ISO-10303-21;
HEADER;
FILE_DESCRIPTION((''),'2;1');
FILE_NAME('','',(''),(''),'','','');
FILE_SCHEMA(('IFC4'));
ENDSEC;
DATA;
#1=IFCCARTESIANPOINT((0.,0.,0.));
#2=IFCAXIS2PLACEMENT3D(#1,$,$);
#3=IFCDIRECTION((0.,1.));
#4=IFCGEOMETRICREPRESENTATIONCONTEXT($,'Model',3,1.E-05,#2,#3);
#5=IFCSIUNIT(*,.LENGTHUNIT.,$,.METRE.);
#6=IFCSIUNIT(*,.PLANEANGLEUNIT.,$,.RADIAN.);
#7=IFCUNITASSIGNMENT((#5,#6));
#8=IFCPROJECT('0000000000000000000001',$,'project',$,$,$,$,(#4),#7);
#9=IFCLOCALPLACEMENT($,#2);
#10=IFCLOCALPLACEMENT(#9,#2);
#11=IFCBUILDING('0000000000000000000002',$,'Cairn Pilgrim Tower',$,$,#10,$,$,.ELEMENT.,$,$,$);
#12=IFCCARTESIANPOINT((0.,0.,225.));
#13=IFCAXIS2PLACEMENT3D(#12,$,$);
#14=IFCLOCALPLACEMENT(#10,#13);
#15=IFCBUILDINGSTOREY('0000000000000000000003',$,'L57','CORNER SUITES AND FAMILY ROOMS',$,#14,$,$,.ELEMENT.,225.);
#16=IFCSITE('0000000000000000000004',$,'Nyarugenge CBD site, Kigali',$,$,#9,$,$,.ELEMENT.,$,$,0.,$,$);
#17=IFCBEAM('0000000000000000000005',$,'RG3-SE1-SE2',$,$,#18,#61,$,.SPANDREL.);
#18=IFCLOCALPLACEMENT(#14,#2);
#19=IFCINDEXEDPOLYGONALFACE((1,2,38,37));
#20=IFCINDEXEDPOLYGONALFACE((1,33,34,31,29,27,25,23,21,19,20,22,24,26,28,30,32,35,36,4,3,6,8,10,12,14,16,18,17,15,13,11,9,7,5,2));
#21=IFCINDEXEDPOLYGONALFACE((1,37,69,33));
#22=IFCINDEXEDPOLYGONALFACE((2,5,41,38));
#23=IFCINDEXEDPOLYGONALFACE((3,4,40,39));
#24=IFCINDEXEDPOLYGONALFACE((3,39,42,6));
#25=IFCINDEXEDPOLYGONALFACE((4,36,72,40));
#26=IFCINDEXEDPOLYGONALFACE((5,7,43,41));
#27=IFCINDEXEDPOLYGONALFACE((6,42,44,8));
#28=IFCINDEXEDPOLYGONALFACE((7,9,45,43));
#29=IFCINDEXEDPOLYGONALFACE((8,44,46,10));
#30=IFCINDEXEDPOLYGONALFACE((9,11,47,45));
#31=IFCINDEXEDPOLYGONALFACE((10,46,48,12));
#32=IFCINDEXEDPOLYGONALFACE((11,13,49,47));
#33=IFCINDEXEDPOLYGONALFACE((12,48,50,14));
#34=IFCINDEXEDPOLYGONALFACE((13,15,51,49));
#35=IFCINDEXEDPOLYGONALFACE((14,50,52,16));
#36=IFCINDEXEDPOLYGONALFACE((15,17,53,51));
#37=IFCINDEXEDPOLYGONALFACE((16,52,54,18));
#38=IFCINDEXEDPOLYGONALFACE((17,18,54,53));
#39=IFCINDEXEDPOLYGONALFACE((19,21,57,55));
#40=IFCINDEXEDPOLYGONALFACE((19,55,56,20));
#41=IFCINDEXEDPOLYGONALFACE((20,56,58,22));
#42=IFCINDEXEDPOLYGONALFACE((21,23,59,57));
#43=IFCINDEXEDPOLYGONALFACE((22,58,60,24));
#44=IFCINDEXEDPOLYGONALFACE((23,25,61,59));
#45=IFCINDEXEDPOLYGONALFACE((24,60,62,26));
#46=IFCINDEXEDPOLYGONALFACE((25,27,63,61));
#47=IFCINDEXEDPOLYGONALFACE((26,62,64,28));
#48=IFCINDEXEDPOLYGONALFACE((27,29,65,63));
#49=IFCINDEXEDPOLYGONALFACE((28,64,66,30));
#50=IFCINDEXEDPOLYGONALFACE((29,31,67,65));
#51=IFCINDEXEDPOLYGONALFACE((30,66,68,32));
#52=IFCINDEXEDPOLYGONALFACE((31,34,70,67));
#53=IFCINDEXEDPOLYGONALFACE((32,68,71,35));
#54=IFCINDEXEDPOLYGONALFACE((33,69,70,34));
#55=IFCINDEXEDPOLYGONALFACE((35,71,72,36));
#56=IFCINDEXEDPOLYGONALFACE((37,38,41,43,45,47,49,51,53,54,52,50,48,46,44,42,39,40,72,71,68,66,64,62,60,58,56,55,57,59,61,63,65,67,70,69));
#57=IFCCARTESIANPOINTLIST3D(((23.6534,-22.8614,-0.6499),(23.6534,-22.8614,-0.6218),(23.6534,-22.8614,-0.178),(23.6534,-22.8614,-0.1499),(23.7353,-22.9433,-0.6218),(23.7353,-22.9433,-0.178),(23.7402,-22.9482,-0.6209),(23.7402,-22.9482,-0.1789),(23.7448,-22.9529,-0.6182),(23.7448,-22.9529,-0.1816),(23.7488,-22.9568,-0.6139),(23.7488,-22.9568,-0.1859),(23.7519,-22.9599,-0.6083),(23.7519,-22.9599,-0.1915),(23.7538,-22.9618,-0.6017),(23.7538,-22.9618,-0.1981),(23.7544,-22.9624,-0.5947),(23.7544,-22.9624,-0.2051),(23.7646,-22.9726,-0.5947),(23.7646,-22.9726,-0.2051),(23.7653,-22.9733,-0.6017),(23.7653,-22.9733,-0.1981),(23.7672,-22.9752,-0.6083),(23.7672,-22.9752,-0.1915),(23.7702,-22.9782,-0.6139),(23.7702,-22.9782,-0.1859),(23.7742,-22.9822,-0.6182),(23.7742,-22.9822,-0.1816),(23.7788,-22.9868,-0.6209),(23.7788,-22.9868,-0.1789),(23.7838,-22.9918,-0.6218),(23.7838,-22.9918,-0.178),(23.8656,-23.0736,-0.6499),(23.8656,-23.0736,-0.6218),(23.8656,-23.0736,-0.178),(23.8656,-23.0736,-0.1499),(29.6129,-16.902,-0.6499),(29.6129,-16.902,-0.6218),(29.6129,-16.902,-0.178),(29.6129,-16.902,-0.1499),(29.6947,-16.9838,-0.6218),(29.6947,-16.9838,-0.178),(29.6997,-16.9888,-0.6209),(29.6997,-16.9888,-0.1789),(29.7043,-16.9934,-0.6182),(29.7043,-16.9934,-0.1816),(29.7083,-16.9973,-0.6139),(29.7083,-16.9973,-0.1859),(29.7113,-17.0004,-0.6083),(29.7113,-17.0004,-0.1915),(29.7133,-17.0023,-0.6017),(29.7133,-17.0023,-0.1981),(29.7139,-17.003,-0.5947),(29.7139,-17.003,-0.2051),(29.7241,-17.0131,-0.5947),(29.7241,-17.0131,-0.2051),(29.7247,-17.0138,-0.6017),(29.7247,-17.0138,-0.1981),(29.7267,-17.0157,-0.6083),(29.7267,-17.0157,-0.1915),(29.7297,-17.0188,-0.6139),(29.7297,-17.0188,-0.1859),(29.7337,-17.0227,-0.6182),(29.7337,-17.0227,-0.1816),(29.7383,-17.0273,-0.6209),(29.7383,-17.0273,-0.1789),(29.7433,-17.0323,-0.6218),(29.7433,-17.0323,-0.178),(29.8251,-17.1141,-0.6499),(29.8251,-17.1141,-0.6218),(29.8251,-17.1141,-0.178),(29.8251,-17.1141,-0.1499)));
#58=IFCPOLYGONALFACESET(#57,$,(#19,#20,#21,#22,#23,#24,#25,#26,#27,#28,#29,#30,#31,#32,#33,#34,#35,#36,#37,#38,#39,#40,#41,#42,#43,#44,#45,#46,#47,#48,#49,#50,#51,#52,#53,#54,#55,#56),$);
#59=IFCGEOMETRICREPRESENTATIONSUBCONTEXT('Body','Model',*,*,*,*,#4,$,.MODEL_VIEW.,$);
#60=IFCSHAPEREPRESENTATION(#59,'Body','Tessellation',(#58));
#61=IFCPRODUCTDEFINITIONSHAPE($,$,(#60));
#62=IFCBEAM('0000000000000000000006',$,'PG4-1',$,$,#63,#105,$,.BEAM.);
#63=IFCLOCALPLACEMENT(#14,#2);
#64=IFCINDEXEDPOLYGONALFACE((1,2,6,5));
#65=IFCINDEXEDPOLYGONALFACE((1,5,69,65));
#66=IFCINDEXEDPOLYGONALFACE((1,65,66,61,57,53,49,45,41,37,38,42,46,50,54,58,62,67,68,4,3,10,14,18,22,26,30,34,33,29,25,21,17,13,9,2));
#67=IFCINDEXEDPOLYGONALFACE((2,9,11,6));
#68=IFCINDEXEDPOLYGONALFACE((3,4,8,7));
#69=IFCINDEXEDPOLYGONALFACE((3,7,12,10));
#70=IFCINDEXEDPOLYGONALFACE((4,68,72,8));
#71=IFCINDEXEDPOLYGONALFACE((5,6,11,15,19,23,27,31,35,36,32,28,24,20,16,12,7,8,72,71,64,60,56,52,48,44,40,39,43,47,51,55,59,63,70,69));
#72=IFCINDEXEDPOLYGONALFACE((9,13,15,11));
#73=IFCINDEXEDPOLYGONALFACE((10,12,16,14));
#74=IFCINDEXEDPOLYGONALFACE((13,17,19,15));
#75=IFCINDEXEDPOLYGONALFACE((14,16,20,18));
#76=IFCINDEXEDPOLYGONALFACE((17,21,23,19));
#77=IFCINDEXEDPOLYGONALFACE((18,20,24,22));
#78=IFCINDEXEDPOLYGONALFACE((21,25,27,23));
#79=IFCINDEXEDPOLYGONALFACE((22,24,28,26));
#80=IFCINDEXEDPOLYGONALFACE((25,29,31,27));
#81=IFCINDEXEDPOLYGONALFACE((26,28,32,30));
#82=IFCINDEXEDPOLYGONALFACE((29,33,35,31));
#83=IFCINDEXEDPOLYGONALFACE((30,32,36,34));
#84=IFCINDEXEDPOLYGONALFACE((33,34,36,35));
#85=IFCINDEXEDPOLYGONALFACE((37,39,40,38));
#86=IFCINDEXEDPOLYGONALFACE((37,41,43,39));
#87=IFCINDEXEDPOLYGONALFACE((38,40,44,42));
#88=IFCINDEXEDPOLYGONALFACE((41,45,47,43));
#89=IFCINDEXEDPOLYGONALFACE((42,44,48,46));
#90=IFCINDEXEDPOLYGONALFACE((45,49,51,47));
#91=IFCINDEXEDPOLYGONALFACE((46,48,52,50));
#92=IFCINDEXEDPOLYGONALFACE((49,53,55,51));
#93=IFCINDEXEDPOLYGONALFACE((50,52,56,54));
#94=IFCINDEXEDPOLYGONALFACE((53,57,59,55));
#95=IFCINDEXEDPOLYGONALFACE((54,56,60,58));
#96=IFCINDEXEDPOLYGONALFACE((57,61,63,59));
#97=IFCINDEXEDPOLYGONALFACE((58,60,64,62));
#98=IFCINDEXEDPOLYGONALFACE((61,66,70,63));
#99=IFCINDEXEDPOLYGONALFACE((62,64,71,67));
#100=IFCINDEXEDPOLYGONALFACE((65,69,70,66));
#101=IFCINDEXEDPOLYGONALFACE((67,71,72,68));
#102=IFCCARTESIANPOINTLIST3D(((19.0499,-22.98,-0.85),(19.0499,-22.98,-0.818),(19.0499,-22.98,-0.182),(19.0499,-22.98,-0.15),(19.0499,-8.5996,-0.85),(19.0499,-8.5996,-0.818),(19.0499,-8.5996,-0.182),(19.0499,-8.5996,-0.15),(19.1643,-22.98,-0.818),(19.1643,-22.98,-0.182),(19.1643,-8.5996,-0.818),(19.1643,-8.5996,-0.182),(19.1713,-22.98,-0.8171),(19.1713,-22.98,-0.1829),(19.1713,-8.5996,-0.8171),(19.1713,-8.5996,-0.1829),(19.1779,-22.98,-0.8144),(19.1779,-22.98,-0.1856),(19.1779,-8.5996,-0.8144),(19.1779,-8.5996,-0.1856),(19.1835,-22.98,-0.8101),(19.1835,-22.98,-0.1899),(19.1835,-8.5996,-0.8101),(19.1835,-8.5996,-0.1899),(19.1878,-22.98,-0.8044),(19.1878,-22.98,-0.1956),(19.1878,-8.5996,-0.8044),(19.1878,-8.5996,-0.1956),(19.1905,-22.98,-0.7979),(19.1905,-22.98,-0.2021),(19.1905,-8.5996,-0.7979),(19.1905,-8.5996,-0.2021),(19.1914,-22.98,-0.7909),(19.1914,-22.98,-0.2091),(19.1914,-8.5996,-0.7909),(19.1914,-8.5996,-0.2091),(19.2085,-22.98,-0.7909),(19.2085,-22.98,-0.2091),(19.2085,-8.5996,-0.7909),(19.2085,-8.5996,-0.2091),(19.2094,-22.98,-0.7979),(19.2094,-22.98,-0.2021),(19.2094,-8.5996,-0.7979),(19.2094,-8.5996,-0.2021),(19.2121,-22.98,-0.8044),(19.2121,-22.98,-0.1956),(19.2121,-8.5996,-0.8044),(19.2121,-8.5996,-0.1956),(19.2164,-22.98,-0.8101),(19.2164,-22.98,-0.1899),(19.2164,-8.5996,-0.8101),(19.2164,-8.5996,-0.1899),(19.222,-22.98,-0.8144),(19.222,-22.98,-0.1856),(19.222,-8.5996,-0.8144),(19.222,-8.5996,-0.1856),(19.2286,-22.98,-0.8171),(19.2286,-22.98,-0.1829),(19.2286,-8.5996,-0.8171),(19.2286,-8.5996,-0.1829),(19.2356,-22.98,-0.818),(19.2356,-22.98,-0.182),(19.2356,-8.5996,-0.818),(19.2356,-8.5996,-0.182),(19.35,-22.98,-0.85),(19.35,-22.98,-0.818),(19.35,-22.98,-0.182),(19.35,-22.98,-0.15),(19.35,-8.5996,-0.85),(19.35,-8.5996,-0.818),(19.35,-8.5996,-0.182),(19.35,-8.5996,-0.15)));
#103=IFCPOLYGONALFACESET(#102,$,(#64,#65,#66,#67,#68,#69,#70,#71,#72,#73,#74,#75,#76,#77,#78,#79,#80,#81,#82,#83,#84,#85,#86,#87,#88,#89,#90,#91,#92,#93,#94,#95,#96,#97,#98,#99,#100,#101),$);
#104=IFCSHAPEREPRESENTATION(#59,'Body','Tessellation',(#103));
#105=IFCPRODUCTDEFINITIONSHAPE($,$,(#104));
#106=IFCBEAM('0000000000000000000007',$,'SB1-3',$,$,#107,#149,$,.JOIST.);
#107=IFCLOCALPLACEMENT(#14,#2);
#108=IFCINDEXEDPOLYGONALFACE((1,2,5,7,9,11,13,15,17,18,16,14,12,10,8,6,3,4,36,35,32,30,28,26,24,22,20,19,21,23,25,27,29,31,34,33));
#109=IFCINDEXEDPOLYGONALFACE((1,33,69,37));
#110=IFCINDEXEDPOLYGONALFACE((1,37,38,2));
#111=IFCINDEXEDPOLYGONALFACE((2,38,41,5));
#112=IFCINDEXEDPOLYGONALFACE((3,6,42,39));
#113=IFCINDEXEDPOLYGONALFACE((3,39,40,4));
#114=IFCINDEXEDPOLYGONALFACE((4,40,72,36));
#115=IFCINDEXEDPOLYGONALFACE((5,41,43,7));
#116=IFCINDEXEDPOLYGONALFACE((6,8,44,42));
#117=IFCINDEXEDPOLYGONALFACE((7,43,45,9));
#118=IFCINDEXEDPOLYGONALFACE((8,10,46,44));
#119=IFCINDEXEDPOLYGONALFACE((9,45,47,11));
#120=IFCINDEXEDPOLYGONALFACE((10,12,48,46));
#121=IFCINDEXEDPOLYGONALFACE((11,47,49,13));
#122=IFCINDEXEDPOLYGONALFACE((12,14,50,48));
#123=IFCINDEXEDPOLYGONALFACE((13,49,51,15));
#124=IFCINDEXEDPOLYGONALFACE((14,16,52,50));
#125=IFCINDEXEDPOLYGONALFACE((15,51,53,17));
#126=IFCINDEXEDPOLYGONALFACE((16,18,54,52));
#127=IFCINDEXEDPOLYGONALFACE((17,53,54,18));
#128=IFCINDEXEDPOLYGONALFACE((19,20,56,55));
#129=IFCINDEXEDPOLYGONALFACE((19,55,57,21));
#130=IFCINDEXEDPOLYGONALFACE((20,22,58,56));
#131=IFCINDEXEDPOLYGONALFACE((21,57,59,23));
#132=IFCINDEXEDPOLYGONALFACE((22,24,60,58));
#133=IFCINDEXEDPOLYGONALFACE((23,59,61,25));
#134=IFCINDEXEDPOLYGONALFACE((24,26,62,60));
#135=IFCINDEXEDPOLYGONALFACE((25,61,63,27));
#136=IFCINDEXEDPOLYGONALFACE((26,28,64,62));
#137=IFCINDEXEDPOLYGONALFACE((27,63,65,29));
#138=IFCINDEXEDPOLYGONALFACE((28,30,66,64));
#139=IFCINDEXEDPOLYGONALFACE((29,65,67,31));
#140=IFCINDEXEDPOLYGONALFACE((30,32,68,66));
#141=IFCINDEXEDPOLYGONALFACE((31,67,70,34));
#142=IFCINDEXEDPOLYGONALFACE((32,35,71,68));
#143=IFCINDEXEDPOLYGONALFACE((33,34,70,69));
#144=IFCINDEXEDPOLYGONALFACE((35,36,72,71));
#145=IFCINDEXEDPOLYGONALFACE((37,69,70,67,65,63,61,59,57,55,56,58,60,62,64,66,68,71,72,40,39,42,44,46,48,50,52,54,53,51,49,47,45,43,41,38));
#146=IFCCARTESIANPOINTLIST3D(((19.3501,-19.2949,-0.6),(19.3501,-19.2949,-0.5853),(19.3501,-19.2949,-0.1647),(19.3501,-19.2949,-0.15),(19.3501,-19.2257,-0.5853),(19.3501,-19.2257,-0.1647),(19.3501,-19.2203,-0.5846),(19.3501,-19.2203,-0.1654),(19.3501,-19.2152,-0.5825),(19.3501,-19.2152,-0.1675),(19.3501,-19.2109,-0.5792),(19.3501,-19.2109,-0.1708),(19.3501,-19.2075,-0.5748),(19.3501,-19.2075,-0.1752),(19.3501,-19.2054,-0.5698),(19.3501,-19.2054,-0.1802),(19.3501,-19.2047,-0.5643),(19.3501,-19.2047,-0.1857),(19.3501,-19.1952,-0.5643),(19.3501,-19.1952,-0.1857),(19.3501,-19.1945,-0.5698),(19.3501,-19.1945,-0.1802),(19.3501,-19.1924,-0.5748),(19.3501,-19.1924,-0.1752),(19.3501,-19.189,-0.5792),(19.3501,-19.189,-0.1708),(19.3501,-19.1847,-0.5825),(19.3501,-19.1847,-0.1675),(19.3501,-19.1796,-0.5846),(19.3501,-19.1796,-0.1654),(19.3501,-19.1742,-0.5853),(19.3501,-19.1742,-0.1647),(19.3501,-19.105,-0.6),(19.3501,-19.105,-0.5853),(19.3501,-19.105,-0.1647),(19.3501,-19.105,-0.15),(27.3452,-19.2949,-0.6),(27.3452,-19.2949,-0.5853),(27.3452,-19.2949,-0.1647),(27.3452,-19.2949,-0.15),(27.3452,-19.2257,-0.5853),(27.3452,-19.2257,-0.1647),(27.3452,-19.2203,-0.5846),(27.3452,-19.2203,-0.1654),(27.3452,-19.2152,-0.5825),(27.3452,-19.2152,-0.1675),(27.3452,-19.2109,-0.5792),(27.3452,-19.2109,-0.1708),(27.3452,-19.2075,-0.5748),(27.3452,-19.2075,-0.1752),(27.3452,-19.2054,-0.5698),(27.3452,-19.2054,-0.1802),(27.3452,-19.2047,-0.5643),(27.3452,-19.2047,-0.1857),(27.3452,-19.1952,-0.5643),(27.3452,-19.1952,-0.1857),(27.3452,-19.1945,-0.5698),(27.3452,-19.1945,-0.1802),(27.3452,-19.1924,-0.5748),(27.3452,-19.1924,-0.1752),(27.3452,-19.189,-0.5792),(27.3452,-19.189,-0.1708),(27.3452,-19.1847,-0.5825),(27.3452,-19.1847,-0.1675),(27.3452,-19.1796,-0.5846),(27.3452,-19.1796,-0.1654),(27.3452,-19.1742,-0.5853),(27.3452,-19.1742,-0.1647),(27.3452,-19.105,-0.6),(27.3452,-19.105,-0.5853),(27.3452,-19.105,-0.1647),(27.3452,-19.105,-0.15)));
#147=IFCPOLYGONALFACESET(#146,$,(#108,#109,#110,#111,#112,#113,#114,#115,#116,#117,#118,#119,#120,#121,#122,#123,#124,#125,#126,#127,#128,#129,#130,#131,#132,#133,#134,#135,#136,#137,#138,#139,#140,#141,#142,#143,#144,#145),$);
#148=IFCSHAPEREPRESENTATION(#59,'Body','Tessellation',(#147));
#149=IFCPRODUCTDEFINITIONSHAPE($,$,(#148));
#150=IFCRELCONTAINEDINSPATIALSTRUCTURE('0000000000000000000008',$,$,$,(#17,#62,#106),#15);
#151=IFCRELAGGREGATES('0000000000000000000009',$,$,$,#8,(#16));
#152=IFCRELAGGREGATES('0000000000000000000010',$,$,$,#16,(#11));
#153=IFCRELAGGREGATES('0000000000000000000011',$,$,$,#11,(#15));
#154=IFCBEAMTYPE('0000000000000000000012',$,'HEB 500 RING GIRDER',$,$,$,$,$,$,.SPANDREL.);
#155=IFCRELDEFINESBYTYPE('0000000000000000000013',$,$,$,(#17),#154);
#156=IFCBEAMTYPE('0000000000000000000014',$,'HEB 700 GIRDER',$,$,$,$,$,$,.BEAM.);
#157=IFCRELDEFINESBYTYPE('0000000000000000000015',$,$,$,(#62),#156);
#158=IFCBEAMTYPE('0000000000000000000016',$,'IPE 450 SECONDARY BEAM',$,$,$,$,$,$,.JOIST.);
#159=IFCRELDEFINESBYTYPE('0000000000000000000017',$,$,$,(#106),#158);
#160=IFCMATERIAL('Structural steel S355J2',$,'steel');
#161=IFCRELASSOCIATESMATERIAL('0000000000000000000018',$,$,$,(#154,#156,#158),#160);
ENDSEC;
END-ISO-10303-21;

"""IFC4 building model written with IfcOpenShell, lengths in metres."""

from ifc_helpers import new_model, si_unit, direction, frame, origin, origin_2d, place, context, subcontext, project, spatial, i_section, extrude, material, material_profile, profile_set, type_object, element, save


model = new_model("IFC4")

# Units and contexts
model_context = context("Model", 3, precision=1e-05, world=origin(), true_north=direction((0.0, 1.0)))
body_context = subcontext(model_context, "Body", "Model", "MODEL_VIEW")
ifc_project = project(units=[si_unit("LENGTHUNIT", "METRE"), si_unit("PLANEANGLEUNIT", "RADIAN")], contexts=[model_context])

# Site, building, storey
site_placement = place(None, origin())
site = spatial("IfcSite", under=ifc_project, at=site_placement, Name="Nyarugenge CBD site, Kigali", CompositionType="ELEMENT", RefElevation=0.0)
building_placement = place(site_placement, origin())
building = spatial("IfcBuilding", under=site, at=building_placement, Name="Cairn Pilgrim Tower", CompositionType="ELEMENT")
storey_placement = place(building_placement, frame((0.0, 0.0, 225.0)))
storey = spatial("IfcBuildingStorey", under=building, at=storey_placement, Name="L57", Description="CORNER SUITES AND FAMILY ROOMS", CompositionType="ELEMENT", Elevation=225.0)

# Beams
ifc_material_1 = material(Name="Structural steel S355J2", Category="steel")
ifc_material_profile_1 = material_profile(ifc_material_1, i_section(OverallWidth=0.3, OverallDepth=0.5, WebThickness=0.0144, FlangeThickness=0.0281, FilletRadius=0.0271, at=origin_2d()), Name="HEB 500")
ifc_profile_set_1 = profile_set([ifc_material_profile_1], Name="Structural steel S355J2")
beam_type_1 = type_object("IfcBeamType", Name="HEB 500 RING GIRDER", PredefinedType="SPANDREL", material=ifc_profile_set_1)
beam_1_placement = place(storey_placement, frame((23.7595, -22.9675, -0.3999), z_axis=(0.707107, 0.707107, 0.0), x_axis=(-0.707107, 0.707107, 0.0)))
element("IfcBeam", 1, at=beam_1_placement, inside=storey, type_object=beam_type_1, Name="RG3-SE1-SE2", PredefinedType="SPANDREL", context=body_context, shape_type="SweptSolid", body=[
    extrude(i_section(OverallWidth=0.3, OverallDepth=0.5, WebThickness=0.0144, FlangeThickness=0.0281, FilletRadius=0.0271, at=origin_2d()), origin(), (0.0, 0.0, 1.0), 8.428),
])
ifc_material_profile_2 = material_profile(ifc_material_1, i_section(OverallWidth=0.3, OverallDepth=0.7, WebThickness=0.0171, FlangeThickness=0.032, FilletRadius=0.0271, at=origin_2d()), Name="HEB 700")
ifc_profile_set_2 = profile_set([ifc_material_profile_2], Name="Structural steel S355J2")
beam_type_2 = type_object("IfcBeamType", Name="HEB 700 GIRDER", PredefinedType="BEAM", material=ifc_profile_set_2)
beam_2_placement = place(storey_placement, frame((19.2, -22.98, -0.5), z_axis=(0.0, 1.0, 0.0), x_axis=(-1.0, 0.0, 0.0)))
element("IfcBeam", 2, at=beam_2_placement, inside=storey, type_object=beam_type_2, Name="PG4-1", PredefinedType="BEAM", context=body_context, shape_type="SweptSolid", body=[
    extrude(i_section(OverallWidth=0.3, OverallDepth=0.7, WebThickness=0.0171, FlangeThickness=0.032, FilletRadius=0.0271, at=origin_2d()), origin(), (0.0, 0.0, 1.0), 14.3804),
])
ifc_material_profile_3 = material_profile(ifc_material_1, i_section(OverallWidth=0.1899, OverallDepth=0.45, WebThickness=0.0095, FlangeThickness=0.0146, FilletRadius=0.021, at=origin_2d()), Name="IPE 450")
ifc_profile_set_3 = profile_set([ifc_material_profile_3], Name="Structural steel S355J2")
beam_type_3 = type_object("IfcBeamType", Name="IPE 450 SECONDARY BEAM", PredefinedType="JOIST", material=ifc_profile_set_3)
beam_3_placement = place(storey_placement, frame((19.3501, -19.2, -0.375), z_axis=(1.0, 0.0, 0.0), x_axis=(0.0, 1.0, 0.0)))
element("IfcBeam", 3, at=beam_3_placement, inside=storey, type_object=beam_type_3, Name="SB1-3", PredefinedType="JOIST", context=body_context, shape_type="SweptSolid", body=[
    extrude(i_section(OverallWidth=0.1899, OverallDepth=0.45, WebThickness=0.0095, FlangeThickness=0.0146, FilletRadius=0.021, at=origin_2d()), origin(), (0.0, 0.0, 1.0), 7.9951),
])

save(model, "model.ifc")
